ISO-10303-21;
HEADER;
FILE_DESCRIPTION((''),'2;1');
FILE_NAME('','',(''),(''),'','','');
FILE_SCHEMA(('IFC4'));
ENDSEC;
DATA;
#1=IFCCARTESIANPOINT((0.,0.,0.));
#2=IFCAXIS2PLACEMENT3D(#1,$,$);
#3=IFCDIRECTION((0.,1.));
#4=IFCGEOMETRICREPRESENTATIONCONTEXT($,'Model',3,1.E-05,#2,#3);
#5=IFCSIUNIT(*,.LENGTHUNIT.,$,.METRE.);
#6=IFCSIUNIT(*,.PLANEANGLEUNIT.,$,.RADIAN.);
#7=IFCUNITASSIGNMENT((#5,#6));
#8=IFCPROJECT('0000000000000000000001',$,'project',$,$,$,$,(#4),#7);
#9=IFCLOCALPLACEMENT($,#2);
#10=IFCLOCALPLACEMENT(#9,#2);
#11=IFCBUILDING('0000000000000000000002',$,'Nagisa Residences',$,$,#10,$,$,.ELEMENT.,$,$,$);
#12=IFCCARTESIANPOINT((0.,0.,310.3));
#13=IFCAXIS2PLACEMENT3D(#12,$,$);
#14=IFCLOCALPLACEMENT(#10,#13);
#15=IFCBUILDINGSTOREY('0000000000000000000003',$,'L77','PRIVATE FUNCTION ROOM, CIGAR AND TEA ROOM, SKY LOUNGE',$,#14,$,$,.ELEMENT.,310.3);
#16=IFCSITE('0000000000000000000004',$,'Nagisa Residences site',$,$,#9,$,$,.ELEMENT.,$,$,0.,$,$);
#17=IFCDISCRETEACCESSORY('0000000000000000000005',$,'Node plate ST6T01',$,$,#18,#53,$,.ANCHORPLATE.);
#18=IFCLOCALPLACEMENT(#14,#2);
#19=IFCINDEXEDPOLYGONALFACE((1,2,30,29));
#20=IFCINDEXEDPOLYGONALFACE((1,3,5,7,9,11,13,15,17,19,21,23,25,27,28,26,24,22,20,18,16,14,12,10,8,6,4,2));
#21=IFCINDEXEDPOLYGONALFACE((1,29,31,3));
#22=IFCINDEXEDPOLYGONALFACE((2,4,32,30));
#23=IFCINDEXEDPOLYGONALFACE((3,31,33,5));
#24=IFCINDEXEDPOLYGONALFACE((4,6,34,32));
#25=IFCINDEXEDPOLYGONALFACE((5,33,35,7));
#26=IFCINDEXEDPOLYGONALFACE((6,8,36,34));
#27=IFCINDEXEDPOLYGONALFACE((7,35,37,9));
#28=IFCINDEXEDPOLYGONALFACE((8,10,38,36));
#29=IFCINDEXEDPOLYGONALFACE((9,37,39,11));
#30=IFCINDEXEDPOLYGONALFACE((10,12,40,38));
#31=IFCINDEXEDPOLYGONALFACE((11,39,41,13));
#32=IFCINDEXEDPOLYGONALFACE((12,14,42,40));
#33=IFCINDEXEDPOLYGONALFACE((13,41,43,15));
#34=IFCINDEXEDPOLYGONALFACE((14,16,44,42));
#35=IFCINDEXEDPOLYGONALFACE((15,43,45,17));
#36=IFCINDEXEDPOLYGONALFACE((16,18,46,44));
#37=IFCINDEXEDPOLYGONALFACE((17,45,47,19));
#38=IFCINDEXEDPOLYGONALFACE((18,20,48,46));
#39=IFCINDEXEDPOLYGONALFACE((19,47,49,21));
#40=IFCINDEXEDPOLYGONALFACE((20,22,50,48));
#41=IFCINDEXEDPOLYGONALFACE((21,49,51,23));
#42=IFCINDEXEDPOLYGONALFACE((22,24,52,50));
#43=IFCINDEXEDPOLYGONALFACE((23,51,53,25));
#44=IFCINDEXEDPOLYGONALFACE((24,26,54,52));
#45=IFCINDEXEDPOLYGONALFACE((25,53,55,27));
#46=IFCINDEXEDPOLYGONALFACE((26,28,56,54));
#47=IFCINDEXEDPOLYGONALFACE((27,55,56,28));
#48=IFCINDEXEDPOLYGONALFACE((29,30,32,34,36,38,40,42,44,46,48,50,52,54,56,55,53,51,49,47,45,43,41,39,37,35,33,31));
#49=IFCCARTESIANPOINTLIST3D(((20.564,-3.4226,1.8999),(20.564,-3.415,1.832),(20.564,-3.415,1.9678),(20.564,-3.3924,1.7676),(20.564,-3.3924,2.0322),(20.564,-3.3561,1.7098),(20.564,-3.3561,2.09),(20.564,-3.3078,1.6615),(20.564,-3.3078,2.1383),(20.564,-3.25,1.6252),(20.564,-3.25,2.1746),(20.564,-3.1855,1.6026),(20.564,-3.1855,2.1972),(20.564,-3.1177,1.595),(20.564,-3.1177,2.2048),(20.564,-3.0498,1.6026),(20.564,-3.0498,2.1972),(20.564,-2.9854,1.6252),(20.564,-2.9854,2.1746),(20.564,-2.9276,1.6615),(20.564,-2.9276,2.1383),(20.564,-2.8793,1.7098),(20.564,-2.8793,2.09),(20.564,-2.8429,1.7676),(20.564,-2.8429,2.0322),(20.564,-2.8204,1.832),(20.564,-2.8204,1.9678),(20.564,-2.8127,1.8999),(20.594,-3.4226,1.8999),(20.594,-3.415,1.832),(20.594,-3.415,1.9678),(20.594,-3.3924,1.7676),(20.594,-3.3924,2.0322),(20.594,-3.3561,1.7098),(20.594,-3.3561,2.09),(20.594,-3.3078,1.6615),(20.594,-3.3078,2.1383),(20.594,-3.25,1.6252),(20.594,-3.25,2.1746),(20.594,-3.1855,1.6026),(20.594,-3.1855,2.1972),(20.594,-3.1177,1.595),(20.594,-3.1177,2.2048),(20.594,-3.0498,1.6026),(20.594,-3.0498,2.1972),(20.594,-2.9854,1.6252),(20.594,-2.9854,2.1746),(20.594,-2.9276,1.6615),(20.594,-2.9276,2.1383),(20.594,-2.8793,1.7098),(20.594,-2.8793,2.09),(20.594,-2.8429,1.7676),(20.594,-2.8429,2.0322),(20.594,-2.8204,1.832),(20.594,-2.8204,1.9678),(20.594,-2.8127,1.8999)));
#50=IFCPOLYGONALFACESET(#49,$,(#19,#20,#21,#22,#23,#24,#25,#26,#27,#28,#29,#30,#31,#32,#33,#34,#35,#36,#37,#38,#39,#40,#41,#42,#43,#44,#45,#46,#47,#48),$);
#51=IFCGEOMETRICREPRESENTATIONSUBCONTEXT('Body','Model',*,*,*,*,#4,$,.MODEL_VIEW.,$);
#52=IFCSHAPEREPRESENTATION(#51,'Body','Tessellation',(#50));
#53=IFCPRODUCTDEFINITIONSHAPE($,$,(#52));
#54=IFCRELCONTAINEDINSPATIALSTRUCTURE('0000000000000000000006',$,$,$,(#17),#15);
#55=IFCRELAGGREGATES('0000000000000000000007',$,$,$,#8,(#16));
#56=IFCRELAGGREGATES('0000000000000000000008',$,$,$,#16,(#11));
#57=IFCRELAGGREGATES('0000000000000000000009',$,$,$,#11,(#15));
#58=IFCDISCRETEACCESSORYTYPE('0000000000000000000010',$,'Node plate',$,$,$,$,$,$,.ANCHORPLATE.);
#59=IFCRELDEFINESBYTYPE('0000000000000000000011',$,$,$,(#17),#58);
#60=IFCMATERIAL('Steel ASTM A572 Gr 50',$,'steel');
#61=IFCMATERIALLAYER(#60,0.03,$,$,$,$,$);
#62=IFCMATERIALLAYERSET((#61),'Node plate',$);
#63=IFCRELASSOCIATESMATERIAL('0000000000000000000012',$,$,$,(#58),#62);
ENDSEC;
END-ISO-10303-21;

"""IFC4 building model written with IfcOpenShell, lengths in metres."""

from ifc_helpers import new_model, si_unit, direction, frame, origin, origin_2d, place, context, subcontext, project, spatial, circle, extrude, material, layer, layer_set, type_object, element, save


model = new_model("IFC4")

# Units and contexts
model_context = context("Model", 3, precision=1e-05, world=origin(), true_north=direction((0.0, 1.0)))
body_context = subcontext(model_context, "Body", "Model", "MODEL_VIEW")
ifc_project = project(units=[si_unit("LENGTHUNIT", "METRE"), si_unit("PLANEANGLEUNIT", "RADIAN")], contexts=[model_context])

# Site, building, storey
site_placement = place(None, origin())
site = spatial("IfcSite", under=ifc_project, at=site_placement, Name="Nagisa Residences site", CompositionType="ELEMENT", RefElevation=0.0)
building_placement = place(site_placement, origin())
building = spatial("IfcBuilding", under=site, at=building_placement, Name="Nagisa Residences", CompositionType="ELEMENT")
storey_placement = place(building_placement, frame((0.0, 0.0, 310.3)))
storey = spatial("IfcBuildingStorey", under=building, at=storey_placement, Name="L77", Description="PRIVATE FUNCTION ROOM, CIGAR AND TEA ROOM, SKY LOUNGE", CompositionType="ELEMENT", Elevation=310.3)

# Discrete accessory
ifc_material_1 = material(Name="Steel ASTM A572 Gr 50", Category="steel")
ifc_layer_1 = layer(ifc_material_1, 0.03)
ifc_layer_set_1 = layer_set([ifc_layer_1], Name="Node plate")
discrete_accessory_type_1 = type_object("IfcDiscreteAccessoryType", Name="Node plate", PredefinedType="ANCHORPLATE", material=ifc_layer_set_1)
discrete_accessory_placement = place(storey_placement, frame((20.594, -3.1177, 1.8999), z_axis=(-1.0, 0.0, 0.0), x_axis=(0.0, -1.0, 0.0)))
element("IfcDiscreteAccessory", 1, at=discrete_accessory_placement, inside=storey, type_object=discrete_accessory_type_1, Name="Node plate ST6T01", PredefinedType="ANCHORPLATE", context=body_context, shape_type="SweptSolid", body=[
    extrude(circle(Radius=0.3049, at=origin_2d()), origin(), (0.0, 0.0, 1.0), 0.03),
])

save(model, "model.ifc")
